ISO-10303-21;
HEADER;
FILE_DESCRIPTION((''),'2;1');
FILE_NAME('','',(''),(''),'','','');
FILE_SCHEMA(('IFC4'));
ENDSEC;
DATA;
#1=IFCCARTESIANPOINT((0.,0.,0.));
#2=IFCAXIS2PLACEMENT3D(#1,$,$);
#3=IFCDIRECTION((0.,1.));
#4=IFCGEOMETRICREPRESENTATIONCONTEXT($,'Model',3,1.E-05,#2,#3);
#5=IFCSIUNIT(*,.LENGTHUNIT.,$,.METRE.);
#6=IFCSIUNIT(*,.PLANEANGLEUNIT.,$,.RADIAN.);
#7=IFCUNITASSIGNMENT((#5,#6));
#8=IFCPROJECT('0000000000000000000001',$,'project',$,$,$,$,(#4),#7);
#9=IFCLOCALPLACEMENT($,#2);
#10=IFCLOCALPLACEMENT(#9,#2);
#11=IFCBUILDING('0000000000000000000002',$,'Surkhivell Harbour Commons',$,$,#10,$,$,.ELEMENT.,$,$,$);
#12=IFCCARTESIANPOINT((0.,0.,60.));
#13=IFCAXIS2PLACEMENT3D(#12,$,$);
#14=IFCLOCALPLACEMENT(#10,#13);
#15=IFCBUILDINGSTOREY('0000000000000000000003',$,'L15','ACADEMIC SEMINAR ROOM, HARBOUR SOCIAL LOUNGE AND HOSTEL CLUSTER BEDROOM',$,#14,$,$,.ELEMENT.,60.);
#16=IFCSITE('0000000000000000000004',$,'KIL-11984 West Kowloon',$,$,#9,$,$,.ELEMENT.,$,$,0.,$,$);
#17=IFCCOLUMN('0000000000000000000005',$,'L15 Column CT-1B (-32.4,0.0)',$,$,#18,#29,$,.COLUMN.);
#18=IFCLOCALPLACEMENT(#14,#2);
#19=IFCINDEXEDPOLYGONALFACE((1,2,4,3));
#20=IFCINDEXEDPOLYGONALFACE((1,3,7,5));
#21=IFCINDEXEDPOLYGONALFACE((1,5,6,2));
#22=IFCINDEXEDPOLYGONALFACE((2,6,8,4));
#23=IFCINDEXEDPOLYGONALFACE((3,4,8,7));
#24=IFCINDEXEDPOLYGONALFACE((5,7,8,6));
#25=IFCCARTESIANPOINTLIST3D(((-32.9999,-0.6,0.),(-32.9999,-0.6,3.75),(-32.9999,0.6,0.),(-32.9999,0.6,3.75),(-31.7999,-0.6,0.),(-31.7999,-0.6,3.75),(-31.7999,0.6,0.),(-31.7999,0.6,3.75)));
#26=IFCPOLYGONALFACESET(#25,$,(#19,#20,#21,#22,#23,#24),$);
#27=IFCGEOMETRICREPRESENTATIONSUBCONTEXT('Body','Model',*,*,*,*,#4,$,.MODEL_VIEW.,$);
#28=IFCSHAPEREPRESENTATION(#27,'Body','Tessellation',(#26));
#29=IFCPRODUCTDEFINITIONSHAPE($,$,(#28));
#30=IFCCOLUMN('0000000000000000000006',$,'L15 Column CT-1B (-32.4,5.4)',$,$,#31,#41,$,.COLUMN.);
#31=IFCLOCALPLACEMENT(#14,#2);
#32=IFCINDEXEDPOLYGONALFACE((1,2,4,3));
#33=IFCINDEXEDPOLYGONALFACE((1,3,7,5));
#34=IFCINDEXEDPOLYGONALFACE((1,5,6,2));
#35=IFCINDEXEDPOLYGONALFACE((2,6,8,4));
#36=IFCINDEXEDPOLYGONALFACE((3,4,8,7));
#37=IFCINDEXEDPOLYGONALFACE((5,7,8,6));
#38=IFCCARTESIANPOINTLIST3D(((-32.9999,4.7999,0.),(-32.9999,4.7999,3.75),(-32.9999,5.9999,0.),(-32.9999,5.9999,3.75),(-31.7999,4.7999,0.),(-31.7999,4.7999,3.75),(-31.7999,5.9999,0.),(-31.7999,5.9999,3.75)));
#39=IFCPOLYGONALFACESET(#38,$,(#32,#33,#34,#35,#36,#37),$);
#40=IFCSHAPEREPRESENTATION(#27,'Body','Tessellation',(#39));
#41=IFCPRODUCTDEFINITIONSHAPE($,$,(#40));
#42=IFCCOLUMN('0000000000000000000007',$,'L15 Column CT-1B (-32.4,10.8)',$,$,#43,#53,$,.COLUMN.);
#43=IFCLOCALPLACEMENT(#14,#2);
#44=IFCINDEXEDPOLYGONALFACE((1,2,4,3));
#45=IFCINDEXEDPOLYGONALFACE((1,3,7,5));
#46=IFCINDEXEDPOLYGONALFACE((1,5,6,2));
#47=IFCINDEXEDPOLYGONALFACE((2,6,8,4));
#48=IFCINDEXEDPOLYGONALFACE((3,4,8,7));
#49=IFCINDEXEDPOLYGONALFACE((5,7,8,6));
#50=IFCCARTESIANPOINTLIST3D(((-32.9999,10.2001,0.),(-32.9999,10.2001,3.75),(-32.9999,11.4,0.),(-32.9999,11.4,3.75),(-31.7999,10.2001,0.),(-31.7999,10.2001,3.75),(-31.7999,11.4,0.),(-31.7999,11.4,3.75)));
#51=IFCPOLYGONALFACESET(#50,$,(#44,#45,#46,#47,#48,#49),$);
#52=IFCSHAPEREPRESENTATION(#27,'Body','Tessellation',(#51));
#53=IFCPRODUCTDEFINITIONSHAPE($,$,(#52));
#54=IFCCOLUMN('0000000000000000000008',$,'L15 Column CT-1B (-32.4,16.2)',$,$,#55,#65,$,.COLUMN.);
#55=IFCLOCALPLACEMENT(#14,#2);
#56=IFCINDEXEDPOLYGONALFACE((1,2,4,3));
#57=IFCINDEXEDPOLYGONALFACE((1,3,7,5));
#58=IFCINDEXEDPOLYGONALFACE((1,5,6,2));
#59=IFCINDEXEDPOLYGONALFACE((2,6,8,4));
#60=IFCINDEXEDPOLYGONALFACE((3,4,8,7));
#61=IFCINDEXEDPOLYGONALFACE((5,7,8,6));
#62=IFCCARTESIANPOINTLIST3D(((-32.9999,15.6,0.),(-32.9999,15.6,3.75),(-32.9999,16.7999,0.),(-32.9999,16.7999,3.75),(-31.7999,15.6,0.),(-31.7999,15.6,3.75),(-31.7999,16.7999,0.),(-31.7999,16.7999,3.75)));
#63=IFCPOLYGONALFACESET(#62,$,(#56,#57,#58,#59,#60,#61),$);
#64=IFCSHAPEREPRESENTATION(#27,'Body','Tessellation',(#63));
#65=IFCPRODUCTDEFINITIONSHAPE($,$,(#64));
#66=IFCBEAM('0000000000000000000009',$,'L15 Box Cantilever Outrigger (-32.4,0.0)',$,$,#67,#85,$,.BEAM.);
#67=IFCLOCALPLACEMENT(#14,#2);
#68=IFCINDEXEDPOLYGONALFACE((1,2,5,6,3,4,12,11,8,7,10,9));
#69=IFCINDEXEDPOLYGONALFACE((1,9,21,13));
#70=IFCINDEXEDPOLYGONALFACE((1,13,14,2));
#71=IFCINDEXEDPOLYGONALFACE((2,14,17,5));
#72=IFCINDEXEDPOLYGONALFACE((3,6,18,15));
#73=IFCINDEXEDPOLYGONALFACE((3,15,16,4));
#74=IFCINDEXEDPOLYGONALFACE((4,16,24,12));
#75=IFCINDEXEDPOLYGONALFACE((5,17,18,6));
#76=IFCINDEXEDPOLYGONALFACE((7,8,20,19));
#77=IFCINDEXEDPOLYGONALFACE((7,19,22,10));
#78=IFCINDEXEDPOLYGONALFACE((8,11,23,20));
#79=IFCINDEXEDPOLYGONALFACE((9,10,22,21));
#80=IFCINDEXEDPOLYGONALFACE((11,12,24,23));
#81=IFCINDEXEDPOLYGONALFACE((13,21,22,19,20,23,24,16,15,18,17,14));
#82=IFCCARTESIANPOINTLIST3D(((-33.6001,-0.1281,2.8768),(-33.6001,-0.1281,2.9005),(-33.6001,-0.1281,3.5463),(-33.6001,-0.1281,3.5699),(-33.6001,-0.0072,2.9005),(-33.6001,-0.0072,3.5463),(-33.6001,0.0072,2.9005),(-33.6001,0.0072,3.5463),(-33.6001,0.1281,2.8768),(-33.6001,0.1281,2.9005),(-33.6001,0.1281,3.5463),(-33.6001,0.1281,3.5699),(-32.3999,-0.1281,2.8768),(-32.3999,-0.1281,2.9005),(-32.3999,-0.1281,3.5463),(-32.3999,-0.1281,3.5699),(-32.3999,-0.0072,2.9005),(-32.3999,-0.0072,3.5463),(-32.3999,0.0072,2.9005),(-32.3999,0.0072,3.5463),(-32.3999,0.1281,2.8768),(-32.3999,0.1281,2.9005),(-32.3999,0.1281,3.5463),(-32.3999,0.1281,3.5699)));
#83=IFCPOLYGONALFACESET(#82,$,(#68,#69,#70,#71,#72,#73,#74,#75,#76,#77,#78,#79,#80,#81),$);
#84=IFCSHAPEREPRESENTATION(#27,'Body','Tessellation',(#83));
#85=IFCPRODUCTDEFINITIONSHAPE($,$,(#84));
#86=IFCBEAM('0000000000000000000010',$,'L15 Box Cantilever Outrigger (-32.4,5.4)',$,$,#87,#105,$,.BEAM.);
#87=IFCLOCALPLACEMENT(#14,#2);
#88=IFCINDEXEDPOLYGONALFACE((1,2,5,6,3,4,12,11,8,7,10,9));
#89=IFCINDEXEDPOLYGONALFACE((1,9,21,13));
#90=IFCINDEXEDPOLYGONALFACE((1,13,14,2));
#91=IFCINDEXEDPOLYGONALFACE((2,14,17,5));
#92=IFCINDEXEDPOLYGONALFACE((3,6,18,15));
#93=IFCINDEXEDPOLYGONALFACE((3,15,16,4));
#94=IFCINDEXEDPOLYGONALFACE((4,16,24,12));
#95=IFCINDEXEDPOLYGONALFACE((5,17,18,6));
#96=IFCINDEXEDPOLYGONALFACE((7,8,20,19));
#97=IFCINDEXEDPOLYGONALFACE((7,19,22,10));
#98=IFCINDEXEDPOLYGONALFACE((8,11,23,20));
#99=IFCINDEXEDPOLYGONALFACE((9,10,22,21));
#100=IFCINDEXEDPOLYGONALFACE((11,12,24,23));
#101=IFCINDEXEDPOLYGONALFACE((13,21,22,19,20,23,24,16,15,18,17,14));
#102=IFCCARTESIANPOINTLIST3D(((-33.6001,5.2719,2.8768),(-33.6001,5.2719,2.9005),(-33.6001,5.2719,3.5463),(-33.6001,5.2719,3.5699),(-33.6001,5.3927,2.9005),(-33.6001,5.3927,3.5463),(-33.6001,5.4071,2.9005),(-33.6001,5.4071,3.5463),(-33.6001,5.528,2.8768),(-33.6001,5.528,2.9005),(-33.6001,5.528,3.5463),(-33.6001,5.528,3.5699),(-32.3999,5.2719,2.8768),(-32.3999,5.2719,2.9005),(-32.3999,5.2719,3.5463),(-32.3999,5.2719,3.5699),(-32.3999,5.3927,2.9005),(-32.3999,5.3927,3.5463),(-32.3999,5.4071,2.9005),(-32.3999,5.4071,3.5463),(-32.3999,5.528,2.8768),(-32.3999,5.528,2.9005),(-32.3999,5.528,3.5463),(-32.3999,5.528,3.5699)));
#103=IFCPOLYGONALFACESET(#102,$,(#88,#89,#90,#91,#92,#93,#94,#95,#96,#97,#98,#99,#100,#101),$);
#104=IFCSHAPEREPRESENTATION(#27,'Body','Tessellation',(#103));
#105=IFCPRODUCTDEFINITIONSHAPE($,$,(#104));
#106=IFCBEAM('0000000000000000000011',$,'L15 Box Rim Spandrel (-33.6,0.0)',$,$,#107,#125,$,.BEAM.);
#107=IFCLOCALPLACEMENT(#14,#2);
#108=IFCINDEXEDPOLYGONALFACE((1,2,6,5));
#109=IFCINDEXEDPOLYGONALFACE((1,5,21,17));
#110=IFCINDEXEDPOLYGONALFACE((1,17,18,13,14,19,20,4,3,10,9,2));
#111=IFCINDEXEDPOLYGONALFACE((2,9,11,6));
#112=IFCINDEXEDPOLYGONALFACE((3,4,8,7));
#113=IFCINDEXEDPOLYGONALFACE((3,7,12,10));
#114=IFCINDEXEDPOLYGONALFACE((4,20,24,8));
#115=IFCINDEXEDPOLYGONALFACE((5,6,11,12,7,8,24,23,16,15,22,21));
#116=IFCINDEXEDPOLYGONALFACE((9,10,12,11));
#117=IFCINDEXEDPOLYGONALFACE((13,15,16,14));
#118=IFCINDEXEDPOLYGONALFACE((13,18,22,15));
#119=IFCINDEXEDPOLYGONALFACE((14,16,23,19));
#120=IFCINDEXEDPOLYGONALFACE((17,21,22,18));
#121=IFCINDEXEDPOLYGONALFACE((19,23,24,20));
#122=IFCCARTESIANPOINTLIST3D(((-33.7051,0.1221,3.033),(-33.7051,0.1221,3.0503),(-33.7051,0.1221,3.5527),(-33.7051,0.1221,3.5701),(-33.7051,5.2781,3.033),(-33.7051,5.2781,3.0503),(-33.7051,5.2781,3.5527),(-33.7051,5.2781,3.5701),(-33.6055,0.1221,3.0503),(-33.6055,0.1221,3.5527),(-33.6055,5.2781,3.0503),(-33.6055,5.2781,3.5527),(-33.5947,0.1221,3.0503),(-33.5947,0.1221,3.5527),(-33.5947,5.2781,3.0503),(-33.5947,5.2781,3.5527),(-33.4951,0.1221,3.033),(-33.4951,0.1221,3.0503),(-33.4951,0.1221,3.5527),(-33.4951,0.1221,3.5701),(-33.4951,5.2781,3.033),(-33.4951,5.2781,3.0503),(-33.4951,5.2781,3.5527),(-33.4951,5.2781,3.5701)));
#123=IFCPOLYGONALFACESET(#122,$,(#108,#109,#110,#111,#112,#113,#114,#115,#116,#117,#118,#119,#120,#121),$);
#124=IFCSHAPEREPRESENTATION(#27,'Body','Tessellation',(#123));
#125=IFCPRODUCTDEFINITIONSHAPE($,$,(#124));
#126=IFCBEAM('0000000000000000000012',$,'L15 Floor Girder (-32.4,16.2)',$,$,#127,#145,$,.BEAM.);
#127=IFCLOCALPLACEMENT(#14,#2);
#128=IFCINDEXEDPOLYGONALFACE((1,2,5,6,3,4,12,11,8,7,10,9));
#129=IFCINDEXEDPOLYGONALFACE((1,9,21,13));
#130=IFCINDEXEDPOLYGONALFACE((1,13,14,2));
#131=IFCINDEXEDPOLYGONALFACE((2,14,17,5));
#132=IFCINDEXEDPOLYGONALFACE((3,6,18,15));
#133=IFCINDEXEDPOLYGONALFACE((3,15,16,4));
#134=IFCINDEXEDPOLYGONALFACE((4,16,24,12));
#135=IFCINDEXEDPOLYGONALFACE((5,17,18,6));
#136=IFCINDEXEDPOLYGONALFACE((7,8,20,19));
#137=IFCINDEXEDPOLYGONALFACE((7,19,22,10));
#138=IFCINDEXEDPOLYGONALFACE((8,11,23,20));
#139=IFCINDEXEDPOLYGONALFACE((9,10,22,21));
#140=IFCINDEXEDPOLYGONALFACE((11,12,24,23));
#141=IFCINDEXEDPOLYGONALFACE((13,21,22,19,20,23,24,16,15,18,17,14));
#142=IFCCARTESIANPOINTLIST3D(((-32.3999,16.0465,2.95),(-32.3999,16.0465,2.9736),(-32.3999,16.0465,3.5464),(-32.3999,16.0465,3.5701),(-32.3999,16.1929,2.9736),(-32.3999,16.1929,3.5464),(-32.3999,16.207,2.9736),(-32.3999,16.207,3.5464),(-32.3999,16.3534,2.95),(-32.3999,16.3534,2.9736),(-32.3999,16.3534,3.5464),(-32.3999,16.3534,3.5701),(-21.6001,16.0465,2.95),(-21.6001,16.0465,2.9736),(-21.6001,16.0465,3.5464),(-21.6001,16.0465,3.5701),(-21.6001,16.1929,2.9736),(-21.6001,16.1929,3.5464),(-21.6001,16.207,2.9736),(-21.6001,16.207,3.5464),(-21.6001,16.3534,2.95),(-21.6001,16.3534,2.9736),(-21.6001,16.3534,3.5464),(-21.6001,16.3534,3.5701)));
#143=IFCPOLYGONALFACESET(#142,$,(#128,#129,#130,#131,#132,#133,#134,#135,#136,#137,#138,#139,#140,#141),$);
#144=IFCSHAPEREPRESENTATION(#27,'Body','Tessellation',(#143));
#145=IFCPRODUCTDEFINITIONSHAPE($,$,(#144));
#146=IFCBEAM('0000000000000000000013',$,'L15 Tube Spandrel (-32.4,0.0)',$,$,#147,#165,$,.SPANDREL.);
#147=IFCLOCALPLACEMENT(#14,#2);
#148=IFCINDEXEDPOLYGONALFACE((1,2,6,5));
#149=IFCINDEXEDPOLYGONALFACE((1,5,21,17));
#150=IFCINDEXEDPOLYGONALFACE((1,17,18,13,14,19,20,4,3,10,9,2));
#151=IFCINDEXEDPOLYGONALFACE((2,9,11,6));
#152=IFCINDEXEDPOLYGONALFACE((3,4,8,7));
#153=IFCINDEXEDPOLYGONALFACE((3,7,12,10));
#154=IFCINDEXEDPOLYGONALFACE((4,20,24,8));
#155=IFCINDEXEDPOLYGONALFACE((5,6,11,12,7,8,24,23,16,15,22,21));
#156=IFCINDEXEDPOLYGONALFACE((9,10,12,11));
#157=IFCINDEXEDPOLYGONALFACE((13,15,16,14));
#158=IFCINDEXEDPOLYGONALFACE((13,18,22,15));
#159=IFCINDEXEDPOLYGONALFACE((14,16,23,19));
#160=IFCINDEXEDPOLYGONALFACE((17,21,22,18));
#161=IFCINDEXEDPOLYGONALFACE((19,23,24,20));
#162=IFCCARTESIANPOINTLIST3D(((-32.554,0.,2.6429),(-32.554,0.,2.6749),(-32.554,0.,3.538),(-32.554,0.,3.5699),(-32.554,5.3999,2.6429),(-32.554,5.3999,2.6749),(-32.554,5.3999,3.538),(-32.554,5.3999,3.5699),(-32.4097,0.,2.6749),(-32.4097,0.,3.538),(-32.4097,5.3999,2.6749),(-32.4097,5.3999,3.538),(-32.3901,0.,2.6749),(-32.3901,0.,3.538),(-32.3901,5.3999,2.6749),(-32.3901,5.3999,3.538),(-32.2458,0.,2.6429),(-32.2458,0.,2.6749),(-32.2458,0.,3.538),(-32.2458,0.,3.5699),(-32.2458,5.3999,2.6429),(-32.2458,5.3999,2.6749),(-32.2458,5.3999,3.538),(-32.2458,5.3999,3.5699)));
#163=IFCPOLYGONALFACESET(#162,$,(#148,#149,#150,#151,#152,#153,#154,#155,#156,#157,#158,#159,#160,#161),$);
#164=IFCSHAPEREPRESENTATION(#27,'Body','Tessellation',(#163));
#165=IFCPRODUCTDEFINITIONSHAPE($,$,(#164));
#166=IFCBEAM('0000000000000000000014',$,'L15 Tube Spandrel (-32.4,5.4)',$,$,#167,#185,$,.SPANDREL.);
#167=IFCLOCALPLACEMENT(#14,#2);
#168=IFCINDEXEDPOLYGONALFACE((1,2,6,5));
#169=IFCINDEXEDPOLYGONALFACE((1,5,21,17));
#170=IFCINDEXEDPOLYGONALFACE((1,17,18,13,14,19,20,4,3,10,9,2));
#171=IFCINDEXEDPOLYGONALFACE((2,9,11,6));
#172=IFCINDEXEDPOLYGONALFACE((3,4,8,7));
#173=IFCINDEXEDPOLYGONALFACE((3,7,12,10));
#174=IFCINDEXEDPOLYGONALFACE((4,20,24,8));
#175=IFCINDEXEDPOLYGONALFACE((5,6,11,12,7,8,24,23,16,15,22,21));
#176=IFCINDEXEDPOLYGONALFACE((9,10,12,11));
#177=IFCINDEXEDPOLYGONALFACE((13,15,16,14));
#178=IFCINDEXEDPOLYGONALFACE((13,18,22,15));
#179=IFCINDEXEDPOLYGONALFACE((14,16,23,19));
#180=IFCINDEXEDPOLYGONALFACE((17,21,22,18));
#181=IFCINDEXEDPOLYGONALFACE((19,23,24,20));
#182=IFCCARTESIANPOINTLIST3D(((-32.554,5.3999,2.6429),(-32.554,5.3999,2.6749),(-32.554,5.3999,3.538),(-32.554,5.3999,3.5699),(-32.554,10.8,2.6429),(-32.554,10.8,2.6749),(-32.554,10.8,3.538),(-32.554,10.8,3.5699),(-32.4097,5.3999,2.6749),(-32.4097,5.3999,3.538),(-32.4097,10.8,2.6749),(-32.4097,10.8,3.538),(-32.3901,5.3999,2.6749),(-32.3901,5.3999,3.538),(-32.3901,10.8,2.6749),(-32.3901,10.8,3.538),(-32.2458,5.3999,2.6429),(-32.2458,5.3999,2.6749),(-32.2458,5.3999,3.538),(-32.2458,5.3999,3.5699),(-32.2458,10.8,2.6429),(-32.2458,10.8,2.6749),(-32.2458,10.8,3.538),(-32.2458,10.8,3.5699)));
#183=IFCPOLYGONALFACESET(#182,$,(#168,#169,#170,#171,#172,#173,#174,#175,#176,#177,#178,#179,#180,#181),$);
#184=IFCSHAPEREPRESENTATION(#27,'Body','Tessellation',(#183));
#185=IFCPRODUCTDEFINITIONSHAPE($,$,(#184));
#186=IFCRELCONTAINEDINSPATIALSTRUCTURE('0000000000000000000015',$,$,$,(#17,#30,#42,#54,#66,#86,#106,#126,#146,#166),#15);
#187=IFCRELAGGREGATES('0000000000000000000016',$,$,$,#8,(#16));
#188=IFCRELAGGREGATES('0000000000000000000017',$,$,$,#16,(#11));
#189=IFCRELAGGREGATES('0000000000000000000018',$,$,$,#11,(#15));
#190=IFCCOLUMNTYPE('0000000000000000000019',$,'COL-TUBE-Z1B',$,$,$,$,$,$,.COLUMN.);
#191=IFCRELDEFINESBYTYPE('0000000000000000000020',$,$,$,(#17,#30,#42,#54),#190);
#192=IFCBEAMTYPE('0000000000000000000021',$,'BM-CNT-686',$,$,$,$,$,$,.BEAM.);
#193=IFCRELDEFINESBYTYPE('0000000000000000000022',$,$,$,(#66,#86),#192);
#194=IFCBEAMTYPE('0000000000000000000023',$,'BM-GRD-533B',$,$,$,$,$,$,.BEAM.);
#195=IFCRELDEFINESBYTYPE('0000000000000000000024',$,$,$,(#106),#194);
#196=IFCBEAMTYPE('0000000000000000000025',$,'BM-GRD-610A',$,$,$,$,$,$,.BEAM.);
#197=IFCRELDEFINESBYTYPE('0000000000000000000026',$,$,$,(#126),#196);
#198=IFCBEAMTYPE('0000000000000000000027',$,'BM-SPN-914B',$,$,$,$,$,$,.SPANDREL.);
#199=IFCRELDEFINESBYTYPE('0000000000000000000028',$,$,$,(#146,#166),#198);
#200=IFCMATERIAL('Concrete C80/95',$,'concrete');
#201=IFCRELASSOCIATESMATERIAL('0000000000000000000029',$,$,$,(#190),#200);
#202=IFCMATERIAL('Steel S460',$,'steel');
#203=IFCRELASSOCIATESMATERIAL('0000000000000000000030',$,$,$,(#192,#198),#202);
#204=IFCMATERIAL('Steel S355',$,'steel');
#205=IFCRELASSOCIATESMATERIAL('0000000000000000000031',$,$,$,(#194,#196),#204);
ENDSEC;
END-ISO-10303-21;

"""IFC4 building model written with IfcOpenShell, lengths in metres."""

from ifc_helpers import new_model, si_unit, direction, frame, origin, origin_2d, place, context, subcontext, project, spatial, rectangle, i_section, extrude, material, material_profile, profile_set, type_object, element, save


model = new_model("IFC4")

# Units and contexts
model_context = context("Model", 3, precision=1e-05, world=origin(), true_north=direction((0.0, 1.0)))
body_context = subcontext(model_context, "Body", "Model", "MODEL_VIEW")
ifc_project = project(units=[si_unit("LENGTHUNIT", "METRE"), si_unit("PLANEANGLEUNIT", "RADIAN")], contexts=[model_context])

# Site, building, storey
site_placement = place(None, origin())
site = spatial("IfcSite", under=ifc_project, at=site_placement, Name="KIL-11984 West Kowloon", CompositionType="ELEMENT", RefElevation=0.0)
building_placement = place(site_placement, origin())
building = spatial("IfcBuilding", under=site, at=building_placement, Name="Surkhivell Harbour Commons", CompositionType="ELEMENT")
storey_placement = place(building_placement, frame((0.0, 0.0, 60.0)))
storey = spatial("IfcBuildingStorey", under=building, at=storey_placement, Name="L15", Description="ACADEMIC SEMINAR ROOM, HARBOUR SOCIAL LOUNGE AND HOSTEL CLUSTER BEDROOM", CompositionType="ELEMENT", Elevation=60.0)

# Columns
ifc_material_1 = material(Name="Concrete C80/95", Category="concrete")
ifc_material_profile_1 = material_profile(ifc_material_1, rectangle(XDim=1.2, YDim=1.2, at=origin_2d()), Name="RC-COL-1200x1200")
ifc_profile_set_1 = profile_set([ifc_material_profile_1], Name="Concrete C80/95")
column_type = type_object("IfcColumnType", Name="COL-TUBE-Z1B", PredefinedType="COLUMN", material=ifc_profile_set_1)
for number, where, z_axis, x_axis, name in (
    (1, (-32.3999, 0.0, 0.0), (0.0, 0.0, 1.0), (1.0, 0.0, 0.0), "L15 Column CT-1B (-32.4,0.0)"),
    (2, (-32.3999, 5.3999, 0.0), (0.0, 0.0, 1.0), (1.0, 0.0, 0.0), "L15 Column CT-1B (-32.4,5.4)"),
    (3, (-32.3999, 10.8, 0.0), (0.0, 0.0, 1.0), (1.0, 0.0, 0.0), "L15 Column CT-1B (-32.4,10.8)"),
    (4, (-32.3999, 16.2, 0.0), (0.0, 0.0, 1.0), (1.0, 0.0, 0.0), "L15 Column CT-1B (-32.4,16.2)"),
):
    element("IfcColumn", number, at=place(storey_placement, frame(where, z_axis=z_axis, x_axis=x_axis)), inside=storey, type_object=column_type, Name=name, PredefinedType="COLUMN", context=body_context, shape_type="SweptSolid", body=[
        extrude(rectangle(XDim=1.2, YDim=1.2, at=origin_2d()), origin(), (0.0, 0.0, 1.0), 3.75),
    ])

# Beams
ifc_material_2 = material(Name="Steel S460", Category="steel")
ifc_material_profile_2 = material_profile(ifc_material_2, i_section(OverallWidth=0.2561, OverallDepth=0.6931, WebThickness=0.0144, FlangeThickness=0.0237, at=origin_2d()), Name="UB686x254x170")
ifc_profile_set_2 = profile_set([ifc_material_profile_2], Name="Steel S460")
beam_type_1 = type_object("IfcBeamType", Name="BM-CNT-686", PredefinedType="BEAM", material=ifc_profile_set_2)
for number, where, z_axis, x_axis, name in (
    (5, (-32.3999, 0.0, 3.2234), (-1.0, 0.0, 0.0), (0.0, -1.0, 0.0), "L15 Box Cantilever Outrigger (-32.4,0.0)"),
    (6, (-32.3999, 5.3999, 3.2234), (-1.0, 0.0, 0.0), (0.0, -1.0, 0.0), "L15 Box Cantilever Outrigger (-32.4,5.4)"),
):
    element("IfcBeam", number, at=place(storey_placement, frame(where, z_axis=z_axis, x_axis=x_axis)), inside=storey, type_object=beam_type_1, Name=name, PredefinedType="BEAM", context=body_context, shape_type="SweptSolid", body=[
        extrude(i_section(OverallWidth=0.2561, OverallDepth=0.6931, WebThickness=0.0144, FlangeThickness=0.0237, at=origin_2d()), origin(), (0.0, 0.0, 1.0), 1.2002),
    ])
ifc_material_3 = material(Name="Steel S355", Category="steel")
ifc_material_profile_3 = material_profile(ifc_material_3, i_section(OverallWidth=0.21, OverallDepth=0.5371, WebThickness=0.0107, FlangeThickness=0.0173, at=origin_2d()), Name="UB533x210x101")
ifc_profile_set_3 = profile_set([ifc_material_profile_3], Name="Steel S355")
beam_type_2 = type_object("IfcBeamType", Name="BM-GRD-533B", PredefinedType="BEAM", material=ifc_profile_set_3)
beam_1_placement = place(storey_placement, frame((-33.6001, 0.1221, 3.3015), z_axis=(0.0, 1.0, 0.0), x_axis=(-1.0, 0.0, 0.0)))
element("IfcBeam", 7, at=beam_1_placement, inside=storey, type_object=beam_type_2, Name="L15 Box Rim Spandrel (-33.6,0.0)", PredefinedType="BEAM", context=body_context, shape_type="SweptSolid", body=[
    extrude(i_section(OverallWidth=0.21, OverallDepth=0.5371, WebThickness=0.0107, FlangeThickness=0.0173, at=origin_2d()), origin(), (0.0, 0.0, 1.0), 5.156),
])
ifc_material_profile_4 = material_profile(ifc_material_3, i_section(OverallWidth=0.3069, OverallDepth=0.6201, WebThickness=0.0142, FlangeThickness=0.0237, at=origin_2d()), Name="UB610x305x179")
ifc_profile_set_4 = profile_set([ifc_material_profile_4], Name="Steel S355")
beam_type_3 = type_object("IfcBeamType", Name="BM-GRD-610A", PredefinedType="BEAM", material=ifc_profile_set_4)
beam_2_placement = place(storey_placement, frame((-32.3999, 16.2, 3.26), z_axis=(1.0, 0.0, 0.0), x_axis=(0.0, 1.0, 0.0)))
element("IfcBeam", 8, at=beam_2_placement, inside=storey, type_object=beam_type_3, Name="L15 Floor Girder (-32.4,16.2)", PredefinedType="BEAM", context=body_context, shape_type="SweptSolid", body=[
    extrude(i_section(OverallWidth=0.3069, OverallDepth=0.6201, WebThickness=0.0142, FlangeThickness=0.0237, at=origin_2d()), origin(), (0.0, 0.0, 1.0), 10.7998),
])
ifc_material_profile_5 = material_profile(ifc_material_2, i_section(OverallWidth=0.3081, OverallDepth=0.927, WebThickness=0.0195, FlangeThickness=0.032, at=origin_2d()), Name="UB914x305x289")
ifc_profile_set_5 = profile_set([ifc_material_profile_5], Name="Steel S460")
beam_type_4 = type_object("IfcBeamType", Name="BM-SPN-914B", PredefinedType="SPANDREL", material=ifc_profile_set_5)
beam_3_placement = place(storey_placement, frame((-32.3999, 0.0, 3.1064), z_axis=(0.0, 1.0, 0.0), x_axis=(-1.0, 0.0, 0.0)))
element("IfcBeam", 9, at=beam_3_placement, inside=storey, type_object=beam_type_4, Name="L15 Tube Spandrel (-32.4,0.0)", PredefinedType="SPANDREL", context=body_context, shape_type="SweptSolid", body=[
    extrude(i_section(OverallWidth=0.3081, OverallDepth=0.927, WebThickness=0.0195, FlangeThickness=0.032, at=origin_2d()), origin(), (0.0, 0.0, 1.0), 5.3999),
])
beam_4_placement = place(storey_placement, frame((-32.3999, 5.3999, 3.1064), z_axis=(0.0, 1.0, 0.0), x_axis=(-1.0, 0.0, 0.0)))
element("IfcBeam", 10, at=beam_4_placement, inside=storey, type_object=beam_type_4, Name="L15 Tube Spandrel (-32.4,5.4)", PredefinedType="SPANDREL", context=body_context, shape_type="SweptSolid", body=[
    extrude(i_section(OverallWidth=0.3081, OverallDepth=0.927, WebThickness=0.0195, FlangeThickness=0.032, at=origin_2d()), origin(), (0.0, 0.0, 1.0), 5.4001),
])

save(model, "model.ifc")
